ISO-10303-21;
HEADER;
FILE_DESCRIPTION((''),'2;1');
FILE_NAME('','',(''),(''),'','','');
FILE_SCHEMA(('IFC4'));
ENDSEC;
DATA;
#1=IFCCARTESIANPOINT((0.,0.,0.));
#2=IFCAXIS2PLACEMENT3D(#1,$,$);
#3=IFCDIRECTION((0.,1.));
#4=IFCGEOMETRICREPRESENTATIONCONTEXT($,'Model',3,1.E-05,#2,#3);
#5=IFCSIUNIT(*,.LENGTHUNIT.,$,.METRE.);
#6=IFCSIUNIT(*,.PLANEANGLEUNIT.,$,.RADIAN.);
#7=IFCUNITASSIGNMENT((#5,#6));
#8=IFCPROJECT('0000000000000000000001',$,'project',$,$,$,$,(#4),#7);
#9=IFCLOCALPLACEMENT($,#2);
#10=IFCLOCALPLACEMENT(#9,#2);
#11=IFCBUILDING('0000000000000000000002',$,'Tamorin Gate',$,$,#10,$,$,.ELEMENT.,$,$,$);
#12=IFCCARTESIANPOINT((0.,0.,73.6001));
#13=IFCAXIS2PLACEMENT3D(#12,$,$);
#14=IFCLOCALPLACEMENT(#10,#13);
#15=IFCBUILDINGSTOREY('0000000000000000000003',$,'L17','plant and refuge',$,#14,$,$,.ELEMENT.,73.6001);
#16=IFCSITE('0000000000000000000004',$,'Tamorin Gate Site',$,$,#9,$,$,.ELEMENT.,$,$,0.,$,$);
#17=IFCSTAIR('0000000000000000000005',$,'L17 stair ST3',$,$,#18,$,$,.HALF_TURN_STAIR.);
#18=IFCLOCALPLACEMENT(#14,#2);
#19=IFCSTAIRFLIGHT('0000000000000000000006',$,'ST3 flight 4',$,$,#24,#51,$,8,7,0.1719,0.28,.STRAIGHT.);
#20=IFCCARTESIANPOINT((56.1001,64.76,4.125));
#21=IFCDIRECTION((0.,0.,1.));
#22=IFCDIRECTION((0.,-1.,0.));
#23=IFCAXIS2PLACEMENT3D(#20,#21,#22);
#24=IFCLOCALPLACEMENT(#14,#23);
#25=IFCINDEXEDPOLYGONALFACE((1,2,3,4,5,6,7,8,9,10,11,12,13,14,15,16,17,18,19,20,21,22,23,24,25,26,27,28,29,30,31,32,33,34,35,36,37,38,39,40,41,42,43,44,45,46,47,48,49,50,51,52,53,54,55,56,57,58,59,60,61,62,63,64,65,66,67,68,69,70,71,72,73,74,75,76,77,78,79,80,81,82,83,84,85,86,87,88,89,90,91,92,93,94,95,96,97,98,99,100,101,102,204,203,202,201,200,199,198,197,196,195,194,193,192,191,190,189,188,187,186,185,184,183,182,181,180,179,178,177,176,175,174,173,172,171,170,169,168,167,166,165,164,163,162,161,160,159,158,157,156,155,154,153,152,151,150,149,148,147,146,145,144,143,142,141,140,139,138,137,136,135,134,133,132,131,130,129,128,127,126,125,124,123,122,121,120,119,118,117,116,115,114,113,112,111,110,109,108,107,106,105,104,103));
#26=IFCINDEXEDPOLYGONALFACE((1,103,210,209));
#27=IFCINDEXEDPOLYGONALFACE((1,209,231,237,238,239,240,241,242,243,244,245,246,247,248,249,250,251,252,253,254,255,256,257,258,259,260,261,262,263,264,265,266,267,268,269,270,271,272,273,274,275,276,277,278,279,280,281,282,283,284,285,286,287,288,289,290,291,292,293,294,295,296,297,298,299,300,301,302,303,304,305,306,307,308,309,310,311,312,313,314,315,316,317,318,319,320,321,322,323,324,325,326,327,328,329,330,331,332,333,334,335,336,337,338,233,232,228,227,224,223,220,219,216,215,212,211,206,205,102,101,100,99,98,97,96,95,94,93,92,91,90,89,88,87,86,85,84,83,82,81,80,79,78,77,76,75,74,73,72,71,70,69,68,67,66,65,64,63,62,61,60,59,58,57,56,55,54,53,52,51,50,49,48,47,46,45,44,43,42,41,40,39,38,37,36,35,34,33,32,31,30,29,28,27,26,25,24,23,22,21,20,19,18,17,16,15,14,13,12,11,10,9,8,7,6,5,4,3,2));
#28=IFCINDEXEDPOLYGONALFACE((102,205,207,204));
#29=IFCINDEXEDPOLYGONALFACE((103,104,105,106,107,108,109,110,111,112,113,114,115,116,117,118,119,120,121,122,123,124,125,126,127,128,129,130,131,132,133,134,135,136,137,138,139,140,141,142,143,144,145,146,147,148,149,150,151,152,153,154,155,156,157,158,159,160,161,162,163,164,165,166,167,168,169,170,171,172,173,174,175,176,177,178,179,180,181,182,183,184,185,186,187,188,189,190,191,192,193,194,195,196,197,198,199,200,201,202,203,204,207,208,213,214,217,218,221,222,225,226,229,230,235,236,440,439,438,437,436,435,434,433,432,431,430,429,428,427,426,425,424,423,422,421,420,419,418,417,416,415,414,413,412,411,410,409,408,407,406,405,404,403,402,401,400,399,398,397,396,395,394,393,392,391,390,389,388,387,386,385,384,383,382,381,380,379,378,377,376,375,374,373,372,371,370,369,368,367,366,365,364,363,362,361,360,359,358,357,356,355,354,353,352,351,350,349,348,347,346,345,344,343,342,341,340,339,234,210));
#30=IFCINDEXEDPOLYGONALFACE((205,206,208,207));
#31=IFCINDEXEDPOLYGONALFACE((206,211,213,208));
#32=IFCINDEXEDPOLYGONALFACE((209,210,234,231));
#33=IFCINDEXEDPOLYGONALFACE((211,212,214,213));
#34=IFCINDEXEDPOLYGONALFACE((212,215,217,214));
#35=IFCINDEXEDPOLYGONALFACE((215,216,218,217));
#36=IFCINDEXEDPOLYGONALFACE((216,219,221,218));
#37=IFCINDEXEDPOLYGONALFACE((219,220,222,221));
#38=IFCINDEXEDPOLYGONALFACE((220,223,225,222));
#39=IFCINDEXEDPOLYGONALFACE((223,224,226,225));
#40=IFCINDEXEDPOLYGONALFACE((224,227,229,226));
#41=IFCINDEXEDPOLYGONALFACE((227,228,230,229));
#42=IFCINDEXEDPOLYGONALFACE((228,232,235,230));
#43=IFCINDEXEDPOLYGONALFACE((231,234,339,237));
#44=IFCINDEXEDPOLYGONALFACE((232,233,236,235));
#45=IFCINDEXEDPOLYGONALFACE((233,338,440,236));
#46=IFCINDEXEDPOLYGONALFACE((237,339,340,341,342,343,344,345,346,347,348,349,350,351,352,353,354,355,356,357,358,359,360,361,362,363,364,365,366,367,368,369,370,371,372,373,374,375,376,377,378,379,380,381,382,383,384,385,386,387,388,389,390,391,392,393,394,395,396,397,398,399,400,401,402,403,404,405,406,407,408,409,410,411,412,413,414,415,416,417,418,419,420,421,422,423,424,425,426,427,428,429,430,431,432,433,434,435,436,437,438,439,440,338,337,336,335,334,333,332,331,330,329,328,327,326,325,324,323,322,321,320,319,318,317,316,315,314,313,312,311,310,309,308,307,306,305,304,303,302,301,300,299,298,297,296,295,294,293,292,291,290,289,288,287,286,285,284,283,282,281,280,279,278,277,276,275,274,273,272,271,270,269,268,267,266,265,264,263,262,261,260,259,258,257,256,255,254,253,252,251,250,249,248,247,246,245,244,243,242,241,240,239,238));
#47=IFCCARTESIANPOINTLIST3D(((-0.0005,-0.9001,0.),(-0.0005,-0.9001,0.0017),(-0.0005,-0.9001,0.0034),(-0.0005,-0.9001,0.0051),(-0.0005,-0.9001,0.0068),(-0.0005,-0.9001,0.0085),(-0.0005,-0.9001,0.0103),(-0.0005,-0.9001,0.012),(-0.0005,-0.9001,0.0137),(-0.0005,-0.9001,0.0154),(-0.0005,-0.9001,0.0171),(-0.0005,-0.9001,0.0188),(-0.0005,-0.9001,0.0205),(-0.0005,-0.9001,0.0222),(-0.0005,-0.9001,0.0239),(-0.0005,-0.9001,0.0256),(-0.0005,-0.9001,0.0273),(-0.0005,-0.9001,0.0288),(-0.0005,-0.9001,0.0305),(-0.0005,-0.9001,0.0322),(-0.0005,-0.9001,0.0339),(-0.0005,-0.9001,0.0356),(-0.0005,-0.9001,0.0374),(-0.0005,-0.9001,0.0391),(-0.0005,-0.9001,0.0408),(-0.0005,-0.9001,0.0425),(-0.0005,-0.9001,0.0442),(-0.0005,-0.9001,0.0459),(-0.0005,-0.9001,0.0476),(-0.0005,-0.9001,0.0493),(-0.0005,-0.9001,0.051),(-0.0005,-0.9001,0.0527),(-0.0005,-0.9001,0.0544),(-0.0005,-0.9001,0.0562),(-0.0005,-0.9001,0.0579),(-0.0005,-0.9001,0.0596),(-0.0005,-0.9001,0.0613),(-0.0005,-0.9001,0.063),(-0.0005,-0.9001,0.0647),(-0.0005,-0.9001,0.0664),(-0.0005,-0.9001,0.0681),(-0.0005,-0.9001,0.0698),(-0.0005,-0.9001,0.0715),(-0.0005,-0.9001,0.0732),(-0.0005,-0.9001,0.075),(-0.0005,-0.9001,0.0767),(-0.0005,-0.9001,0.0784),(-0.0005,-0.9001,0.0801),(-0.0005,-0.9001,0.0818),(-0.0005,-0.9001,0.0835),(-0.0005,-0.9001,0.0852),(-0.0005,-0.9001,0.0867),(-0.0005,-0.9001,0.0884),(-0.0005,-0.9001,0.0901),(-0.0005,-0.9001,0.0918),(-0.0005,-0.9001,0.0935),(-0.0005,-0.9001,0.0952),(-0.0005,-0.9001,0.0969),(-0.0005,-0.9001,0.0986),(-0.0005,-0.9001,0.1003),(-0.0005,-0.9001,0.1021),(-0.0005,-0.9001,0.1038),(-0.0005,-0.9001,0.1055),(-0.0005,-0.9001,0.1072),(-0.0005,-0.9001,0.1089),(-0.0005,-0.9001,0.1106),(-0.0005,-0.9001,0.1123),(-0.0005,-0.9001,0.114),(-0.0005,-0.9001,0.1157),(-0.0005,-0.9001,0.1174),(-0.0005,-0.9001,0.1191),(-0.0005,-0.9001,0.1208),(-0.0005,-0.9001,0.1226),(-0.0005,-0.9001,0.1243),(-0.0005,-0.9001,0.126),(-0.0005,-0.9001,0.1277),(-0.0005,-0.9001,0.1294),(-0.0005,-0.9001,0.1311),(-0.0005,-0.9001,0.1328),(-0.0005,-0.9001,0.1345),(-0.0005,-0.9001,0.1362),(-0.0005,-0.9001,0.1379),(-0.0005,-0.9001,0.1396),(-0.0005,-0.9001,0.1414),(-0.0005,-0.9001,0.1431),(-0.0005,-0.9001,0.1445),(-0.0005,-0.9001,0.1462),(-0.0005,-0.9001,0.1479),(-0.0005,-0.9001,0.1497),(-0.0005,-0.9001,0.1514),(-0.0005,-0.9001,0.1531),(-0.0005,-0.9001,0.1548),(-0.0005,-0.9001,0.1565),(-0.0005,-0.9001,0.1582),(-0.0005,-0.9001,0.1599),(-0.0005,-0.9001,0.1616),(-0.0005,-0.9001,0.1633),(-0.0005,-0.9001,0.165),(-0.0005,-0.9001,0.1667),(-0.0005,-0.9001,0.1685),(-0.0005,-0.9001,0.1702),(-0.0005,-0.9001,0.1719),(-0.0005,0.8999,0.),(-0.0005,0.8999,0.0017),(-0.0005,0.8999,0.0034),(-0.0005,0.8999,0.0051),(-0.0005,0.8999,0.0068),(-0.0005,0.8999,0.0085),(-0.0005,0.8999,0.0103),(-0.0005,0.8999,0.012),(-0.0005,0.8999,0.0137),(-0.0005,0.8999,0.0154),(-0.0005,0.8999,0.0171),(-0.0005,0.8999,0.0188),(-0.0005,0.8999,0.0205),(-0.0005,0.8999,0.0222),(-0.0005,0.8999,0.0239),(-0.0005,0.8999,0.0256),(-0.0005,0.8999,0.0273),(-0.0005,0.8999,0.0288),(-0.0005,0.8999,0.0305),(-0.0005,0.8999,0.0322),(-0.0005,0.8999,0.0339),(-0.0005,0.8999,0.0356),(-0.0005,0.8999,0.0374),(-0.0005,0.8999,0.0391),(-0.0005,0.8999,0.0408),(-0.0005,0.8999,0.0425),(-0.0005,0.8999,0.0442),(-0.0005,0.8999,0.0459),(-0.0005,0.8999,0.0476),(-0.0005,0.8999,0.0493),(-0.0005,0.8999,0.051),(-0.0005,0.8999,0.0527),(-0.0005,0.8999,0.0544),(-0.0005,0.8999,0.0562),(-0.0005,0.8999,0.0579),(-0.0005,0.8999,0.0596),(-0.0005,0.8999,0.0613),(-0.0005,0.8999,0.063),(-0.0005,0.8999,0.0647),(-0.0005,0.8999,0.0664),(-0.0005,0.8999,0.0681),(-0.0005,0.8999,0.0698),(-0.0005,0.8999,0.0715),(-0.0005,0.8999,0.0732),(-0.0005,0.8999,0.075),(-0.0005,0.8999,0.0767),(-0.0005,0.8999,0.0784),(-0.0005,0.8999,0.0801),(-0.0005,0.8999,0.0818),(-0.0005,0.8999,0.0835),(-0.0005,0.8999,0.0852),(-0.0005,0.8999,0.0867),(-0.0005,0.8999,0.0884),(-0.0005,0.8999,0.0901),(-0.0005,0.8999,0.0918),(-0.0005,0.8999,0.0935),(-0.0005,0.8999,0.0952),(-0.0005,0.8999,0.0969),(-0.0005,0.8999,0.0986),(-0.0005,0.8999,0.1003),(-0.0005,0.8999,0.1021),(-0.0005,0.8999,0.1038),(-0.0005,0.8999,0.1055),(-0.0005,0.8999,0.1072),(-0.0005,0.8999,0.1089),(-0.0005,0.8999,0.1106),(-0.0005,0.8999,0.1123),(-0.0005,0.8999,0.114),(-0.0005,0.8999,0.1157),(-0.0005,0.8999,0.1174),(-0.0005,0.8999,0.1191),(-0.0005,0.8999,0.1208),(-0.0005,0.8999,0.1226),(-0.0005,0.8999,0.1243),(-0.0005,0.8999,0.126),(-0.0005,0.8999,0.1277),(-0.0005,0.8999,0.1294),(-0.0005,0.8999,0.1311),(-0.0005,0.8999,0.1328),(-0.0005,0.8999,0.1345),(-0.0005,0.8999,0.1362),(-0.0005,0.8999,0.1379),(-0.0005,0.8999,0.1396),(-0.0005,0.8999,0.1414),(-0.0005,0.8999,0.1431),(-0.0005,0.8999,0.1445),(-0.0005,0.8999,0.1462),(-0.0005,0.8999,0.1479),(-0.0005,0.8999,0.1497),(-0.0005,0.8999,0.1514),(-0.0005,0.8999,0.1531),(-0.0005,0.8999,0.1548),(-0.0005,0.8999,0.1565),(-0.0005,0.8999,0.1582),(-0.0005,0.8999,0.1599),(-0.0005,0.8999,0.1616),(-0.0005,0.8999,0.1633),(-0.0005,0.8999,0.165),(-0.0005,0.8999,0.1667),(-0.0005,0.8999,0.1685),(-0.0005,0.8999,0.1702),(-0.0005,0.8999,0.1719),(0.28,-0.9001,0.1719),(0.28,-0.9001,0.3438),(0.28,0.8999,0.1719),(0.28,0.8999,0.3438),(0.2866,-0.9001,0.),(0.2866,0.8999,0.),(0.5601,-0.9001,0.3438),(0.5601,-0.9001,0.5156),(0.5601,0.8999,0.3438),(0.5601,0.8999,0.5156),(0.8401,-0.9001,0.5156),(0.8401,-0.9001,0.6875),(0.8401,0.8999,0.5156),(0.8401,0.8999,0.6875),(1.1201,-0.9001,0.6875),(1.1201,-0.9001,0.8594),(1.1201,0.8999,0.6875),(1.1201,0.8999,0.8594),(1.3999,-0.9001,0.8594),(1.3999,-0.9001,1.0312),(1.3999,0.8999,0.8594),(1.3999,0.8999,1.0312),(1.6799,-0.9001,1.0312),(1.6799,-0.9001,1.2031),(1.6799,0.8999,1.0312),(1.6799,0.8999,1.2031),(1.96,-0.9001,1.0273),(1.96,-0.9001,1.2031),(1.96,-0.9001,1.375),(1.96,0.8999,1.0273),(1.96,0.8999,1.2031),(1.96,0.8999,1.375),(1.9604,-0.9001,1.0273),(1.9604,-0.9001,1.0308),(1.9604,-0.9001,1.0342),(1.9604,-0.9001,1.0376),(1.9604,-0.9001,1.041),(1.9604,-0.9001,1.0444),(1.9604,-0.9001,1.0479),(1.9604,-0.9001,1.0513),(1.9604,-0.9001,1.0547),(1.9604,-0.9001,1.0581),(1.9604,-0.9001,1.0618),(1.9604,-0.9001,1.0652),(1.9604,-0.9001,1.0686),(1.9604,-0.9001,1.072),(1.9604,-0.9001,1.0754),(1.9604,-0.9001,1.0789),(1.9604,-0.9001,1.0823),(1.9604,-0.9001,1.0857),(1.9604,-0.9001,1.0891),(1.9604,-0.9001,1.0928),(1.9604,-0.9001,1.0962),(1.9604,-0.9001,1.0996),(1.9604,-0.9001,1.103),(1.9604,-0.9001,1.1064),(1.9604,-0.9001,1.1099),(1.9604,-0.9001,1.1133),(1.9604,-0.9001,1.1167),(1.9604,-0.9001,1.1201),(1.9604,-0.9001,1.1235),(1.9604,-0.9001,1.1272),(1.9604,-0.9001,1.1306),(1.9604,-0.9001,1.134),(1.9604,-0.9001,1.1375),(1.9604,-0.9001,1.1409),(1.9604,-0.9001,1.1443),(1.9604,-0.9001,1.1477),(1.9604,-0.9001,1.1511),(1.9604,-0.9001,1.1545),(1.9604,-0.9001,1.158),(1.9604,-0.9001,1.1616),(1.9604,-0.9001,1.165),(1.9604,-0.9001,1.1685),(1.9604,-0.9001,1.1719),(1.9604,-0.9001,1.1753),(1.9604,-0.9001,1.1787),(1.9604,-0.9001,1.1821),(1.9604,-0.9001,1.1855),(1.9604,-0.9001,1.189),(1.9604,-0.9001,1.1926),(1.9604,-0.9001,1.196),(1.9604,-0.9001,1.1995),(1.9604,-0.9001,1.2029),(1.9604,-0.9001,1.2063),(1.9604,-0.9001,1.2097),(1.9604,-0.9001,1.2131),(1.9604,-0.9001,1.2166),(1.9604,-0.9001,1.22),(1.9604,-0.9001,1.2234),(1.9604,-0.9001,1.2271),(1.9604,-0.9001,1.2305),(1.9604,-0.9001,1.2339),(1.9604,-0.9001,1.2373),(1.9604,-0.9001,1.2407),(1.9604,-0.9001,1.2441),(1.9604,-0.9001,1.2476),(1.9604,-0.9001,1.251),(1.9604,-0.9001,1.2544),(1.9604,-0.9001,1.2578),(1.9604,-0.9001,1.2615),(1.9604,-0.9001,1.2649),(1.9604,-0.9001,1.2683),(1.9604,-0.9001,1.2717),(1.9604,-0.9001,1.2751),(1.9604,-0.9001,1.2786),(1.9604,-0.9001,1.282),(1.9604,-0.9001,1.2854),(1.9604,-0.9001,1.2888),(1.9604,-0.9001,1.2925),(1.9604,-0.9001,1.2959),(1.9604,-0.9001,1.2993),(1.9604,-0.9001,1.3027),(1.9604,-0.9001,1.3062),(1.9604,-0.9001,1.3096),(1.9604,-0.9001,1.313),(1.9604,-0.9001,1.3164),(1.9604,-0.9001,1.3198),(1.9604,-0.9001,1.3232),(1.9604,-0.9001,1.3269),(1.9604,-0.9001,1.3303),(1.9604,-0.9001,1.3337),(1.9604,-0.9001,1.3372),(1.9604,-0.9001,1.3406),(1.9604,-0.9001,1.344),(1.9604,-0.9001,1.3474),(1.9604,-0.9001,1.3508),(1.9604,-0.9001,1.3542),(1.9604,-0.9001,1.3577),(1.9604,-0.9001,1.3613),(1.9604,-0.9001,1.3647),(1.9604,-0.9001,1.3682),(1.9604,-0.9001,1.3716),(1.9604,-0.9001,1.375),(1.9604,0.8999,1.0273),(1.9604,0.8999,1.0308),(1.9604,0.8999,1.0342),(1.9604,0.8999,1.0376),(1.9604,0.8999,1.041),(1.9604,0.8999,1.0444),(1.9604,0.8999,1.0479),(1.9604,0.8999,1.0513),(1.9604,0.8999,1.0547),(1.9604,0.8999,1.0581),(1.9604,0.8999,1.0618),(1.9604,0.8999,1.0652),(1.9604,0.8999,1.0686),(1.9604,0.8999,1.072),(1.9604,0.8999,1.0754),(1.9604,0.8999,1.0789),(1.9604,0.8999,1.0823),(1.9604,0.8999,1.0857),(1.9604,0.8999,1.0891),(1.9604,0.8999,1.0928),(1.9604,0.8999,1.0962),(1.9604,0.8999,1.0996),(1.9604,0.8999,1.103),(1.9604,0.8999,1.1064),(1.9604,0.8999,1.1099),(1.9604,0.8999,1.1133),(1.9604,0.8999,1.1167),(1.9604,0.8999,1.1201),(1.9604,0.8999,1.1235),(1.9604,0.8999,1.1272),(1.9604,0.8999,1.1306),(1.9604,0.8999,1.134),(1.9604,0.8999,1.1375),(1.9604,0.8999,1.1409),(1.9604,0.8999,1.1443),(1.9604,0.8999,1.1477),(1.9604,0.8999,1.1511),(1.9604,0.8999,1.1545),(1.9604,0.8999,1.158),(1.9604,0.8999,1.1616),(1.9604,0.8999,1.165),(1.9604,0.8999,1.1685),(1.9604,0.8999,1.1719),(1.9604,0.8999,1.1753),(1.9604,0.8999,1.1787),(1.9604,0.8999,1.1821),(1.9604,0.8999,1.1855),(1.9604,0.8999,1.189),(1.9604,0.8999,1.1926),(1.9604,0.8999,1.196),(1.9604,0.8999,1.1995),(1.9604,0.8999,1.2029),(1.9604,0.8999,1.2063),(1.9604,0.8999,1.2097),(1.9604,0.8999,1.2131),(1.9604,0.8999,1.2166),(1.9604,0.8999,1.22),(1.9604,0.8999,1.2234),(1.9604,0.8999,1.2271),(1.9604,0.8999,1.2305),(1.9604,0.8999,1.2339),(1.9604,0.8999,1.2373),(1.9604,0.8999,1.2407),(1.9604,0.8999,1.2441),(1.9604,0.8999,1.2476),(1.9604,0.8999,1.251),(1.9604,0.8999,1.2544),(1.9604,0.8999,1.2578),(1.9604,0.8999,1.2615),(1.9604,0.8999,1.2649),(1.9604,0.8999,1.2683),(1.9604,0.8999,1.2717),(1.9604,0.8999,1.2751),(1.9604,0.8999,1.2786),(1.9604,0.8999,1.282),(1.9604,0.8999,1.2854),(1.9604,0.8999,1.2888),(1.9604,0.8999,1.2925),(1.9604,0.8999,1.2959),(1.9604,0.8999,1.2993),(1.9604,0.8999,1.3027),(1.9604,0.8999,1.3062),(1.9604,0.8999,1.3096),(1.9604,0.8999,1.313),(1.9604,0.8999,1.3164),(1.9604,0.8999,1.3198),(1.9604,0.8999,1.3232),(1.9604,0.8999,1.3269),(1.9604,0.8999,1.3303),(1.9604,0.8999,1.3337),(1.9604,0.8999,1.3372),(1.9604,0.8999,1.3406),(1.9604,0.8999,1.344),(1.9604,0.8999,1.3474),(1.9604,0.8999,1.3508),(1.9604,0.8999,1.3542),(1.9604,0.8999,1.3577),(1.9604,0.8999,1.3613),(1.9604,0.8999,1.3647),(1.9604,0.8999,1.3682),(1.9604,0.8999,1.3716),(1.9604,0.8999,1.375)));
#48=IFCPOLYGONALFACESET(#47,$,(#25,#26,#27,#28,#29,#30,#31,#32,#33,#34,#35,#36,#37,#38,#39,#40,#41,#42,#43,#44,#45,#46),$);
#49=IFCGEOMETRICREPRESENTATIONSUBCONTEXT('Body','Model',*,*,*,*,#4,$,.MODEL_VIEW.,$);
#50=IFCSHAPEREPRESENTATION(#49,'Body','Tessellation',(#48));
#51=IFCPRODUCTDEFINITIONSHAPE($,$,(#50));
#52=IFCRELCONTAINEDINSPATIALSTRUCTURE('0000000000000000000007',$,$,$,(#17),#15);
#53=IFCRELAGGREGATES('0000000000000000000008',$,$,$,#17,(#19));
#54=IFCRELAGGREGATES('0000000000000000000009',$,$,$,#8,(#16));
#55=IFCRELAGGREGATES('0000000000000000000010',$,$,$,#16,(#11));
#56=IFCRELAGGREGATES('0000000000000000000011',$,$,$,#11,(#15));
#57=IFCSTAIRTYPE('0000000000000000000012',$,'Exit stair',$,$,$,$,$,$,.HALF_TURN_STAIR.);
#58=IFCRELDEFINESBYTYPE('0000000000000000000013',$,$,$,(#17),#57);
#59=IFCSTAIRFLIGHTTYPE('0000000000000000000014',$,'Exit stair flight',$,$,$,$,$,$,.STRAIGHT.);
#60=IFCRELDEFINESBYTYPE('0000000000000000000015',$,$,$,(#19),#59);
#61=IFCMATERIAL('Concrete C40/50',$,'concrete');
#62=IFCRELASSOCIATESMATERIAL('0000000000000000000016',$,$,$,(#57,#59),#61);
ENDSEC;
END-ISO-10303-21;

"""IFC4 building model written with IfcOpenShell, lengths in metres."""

from ifc_helpers import new_model, si_unit, direction, frame, origin, place, context, subcontext, project, spatial, polyline, outline, extrude, material, type_object, element, aggregate, save


model = new_model("IFC4")

# Units and contexts
model_context = context("Model", 3, precision=1e-05, world=origin(), true_north=direction((0.0, 1.0)))
body_context = subcontext(model_context, "Body", "Model", "MODEL_VIEW")
ifc_project = project(units=[si_unit("LENGTHUNIT", "METRE"), si_unit("PLANEANGLEUNIT", "RADIAN")], contexts=[model_context])

# Site, building, storey
site_placement = place(None, origin())
site = spatial("IfcSite", under=ifc_project, at=site_placement, Name="Tamorin Gate Site", CompositionType="ELEMENT", RefElevation=0.0)
building_placement = place(site_placement, origin())
building = spatial("IfcBuilding", under=site, at=building_placement, Name="Tamorin Gate", CompositionType="ELEMENT")
storey_placement = place(building_placement, frame((0.0, 0.0, 73.6001)))
storey = spatial("IfcBuildingStorey", under=building, at=storey_placement, Name="L17", Description="plant and refuge", CompositionType="ELEMENT", Elevation=73.6001)

# Shared definitions
ifc_material_1 = material(Name="Concrete C40/50", Category="concrete")

# Stair, stair flight
stair_type = type_object("IfcStairType", Name="Exit stair", PredefinedType="HALF_TURN_STAIR", material=ifc_material_1)
stair_placement = place(storey_placement, origin())
stair = element("IfcStair", 1, at=stair_placement, inside=storey, type_object=stair_type, Name="L17 stair ST3", PredefinedType="HALF_TURN_STAIR")
stair_flight_type = type_object("IfcStairFlightType", Name="Exit stair flight", PredefinedType="STRAIGHT", material=ifc_material_1)
stair_flight_1_placement = place(storey_placement, frame((56.1001, 64.76, 4.125), z_axis=(0.0, 0.0, 1.0), x_axis=(0.0, -1.0, 0.0)))
stair_flight_1 = element("IfcStairFlight", 2, at=stair_flight_1_placement, type_object=stair_flight_type, Name="ST3 flight 4", NumberOfRisers=8, NumberOfTreads=7, PredefinedType="STRAIGHT", RiserHeight=0.1719, TreadLength=0.28, context=body_context, shape_type="SweptSolid", body=[
    extrude(outline(polyline([(-0.0005, 0.0), (-0.0005, 0.0017), (-0.0005, 0.0034), (-0.0005, 0.0051), (-0.0005, 0.0068), (-0.0005, 0.0085), (-0.0005, 0.0103), (-0.0005, 0.012), (-0.0005, 0.0137), (-0.0005, 0.0154), (-0.0005, 0.0171), (-0.0005, 0.0188), (-0.0005, 0.0205), (-0.0005, 0.0222), (-0.0005, 0.0239), (-0.0005, 0.0256), (-0.0005, 0.0273), (-0.0005, 0.0288), (-0.0005, 0.0305), (-0.0005, 0.0322), (-0.0005, 0.0339), (-0.0005, 0.0356), (-0.0005, 0.0374), (-0.0005, 0.0391), (-0.0005, 0.0408), (-0.0005, 0.0425), (-0.0005, 0.0442), (-0.0005, 0.0459), (-0.0005, 0.0476), (-0.0005, 0.0493), (-0.0005, 0.051), (-0.0005, 0.0527), (-0.0005, 0.0544), (-0.0005, 0.0562), (-0.0005, 0.0579), (-0.0005, 0.0596), (-0.0005, 0.0613), (-0.0005, 0.063), (-0.0005, 0.0647), (-0.0005, 0.0664), (-0.0005, 0.0681), (-0.0005, 0.0698), (-0.0005, 0.0715), (-0.0005, 0.0732), (-0.0005, 0.075), (-0.0005, 0.0767), (-0.0005, 0.0784), (-0.0005, 0.0801), (-0.0005, 0.0818), (-0.0005, 0.0835), (-0.0005, 0.0852), (-0.0005, 0.0867), (-0.0005, 0.0884), (-0.0005, 0.0901), (-0.0005, 0.0918), (-0.0005, 0.0935), (-0.0005, 0.0952), (-0.0005, 0.0969), (-0.0005, 0.0986), (-0.0005, 0.1003), (-0.0005, 0.1021), (-0.0005, 0.1038), (-0.0005, 0.1055), (-0.0005, 0.1072), (-0.0005, 0.1089), (-0.0005, 0.1106), (-0.0005, 0.1123), (-0.0005, 0.114), (-0.0005, 0.1157), (-0.0005, 0.1174), (-0.0005, 0.1191), (-0.0005, 0.1208), (-0.0005, 0.1226), (-0.0005, 0.1243), (-0.0005, 0.126), (-0.0005, 0.1277), (-0.0005, 0.1294), (-0.0005, 0.1311), (-0.0005, 0.1328), (-0.0005, 0.1345), (-0.0005, 0.1362), (-0.0005, 0.1379), (-0.0005, 0.1396), (-0.0005, 0.1414), (-0.0005, 0.1431), (-0.0005, 0.1445), (-0.0005, 0.1462), (-0.0005, 0.1479), (-0.0005, 0.1497), (-0.0005, 0.1514), (-0.0005, 0.1531), (-0.0005, 0.1548), (-0.0005, 0.1565), (-0.0005, 0.1582), (-0.0005, 0.1599), (-0.0005, 0.1616), (-0.0005, 0.1633), (-0.0005, 0.165), (-0.0005, 0.1667), (-0.0005, 0.1685), (-0.0005, 0.1702), (-0.0005, 0.1719), (0.28, 0.1719), (0.28, 0.3438), (0.5601, 0.3438), (0.5601, 0.5156), (0.8401, 0.5156), (0.8401, 0.6875), (1.1201, 0.6875), (1.1201, 0.8594), (1.3999, 0.8594), (1.3999, 1.0312), (1.6799, 1.0312), (1.6799, 1.2031), (1.96, 1.2031), (1.96, 1.375), (1.9604, 1.375), (1.9604, 1.3716), (1.9604, 1.3682), (1.9604, 1.3647), (1.9604, 1.3613), (1.9604, 1.3577), (1.9604, 1.3542), (1.9604, 1.3508), (1.9604, 1.3474), (1.9604, 1.344), (1.9604, 1.3406), (1.9604, 1.3372), (1.9604, 1.3337), (1.9604, 1.3303), (1.9604, 1.3269), (1.9604, 1.3232), (1.9604, 1.3198), (1.9604, 1.3164), (1.9604, 1.313), (1.9604, 1.3096), (1.9604, 1.3062), (1.9604, 1.3027), (1.9604, 1.2993), (1.9604, 1.2959), (1.9604, 1.2925), (1.9604, 1.2888), (1.9604, 1.2854), (1.9604, 1.282), (1.9604, 1.2786), (1.9604, 1.2751), (1.9604, 1.2717), (1.9604, 1.2683), (1.9604, 1.2649), (1.9604, 1.2615), (1.9604, 1.2578), (1.9604, 1.2544), (1.9604, 1.251), (1.9604, 1.2476), (1.9604, 1.2441), (1.9604, 1.2407), (1.9604, 1.2373), (1.9604, 1.2339), (1.9604, 1.2305), (1.9604, 1.2271), (1.9604, 1.2234), (1.9604, 1.22), (1.9604, 1.2166), (1.9604, 1.2131), (1.9604, 1.2097), (1.9604, 1.2063), (1.9604, 1.2029), (1.9604, 1.1995), (1.9604, 1.196), (1.9604, 1.1926), (1.9604, 1.189), (1.9604, 1.1855), (1.9604, 1.1821), (1.9604, 1.1787), (1.9604, 1.1753), (1.9604, 1.1719), (1.9604, 1.1685), (1.9604, 1.165), (1.9604, 1.1616), (1.9604, 1.158), (1.9604, 1.1545), (1.9604, 1.1511), (1.9604, 1.1477), (1.9604, 1.1443), (1.9604, 1.1409), (1.9604, 1.1375), (1.9604, 1.134), (1.9604, 1.1306), (1.9604, 1.1272), (1.9604, 1.1235), (1.9604, 1.1201), (1.9604, 1.1167), (1.9604, 1.1133), (1.9604, 1.1099), (1.9604, 1.1064), (1.9604, 1.103), (1.9604, 1.0996), (1.9604, 1.0962), (1.9604, 1.0928), (1.9604, 1.0891), (1.9604, 1.0857), (1.9604, 1.0823), (1.9604, 1.0789), (1.9604, 1.0754), (1.9604, 1.072), (1.9604, 1.0686), (1.9604, 1.0652), (1.9604, 1.0618), (1.9604, 1.0581), (1.9604, 1.0547), (1.9604, 1.0513), (1.9604, 1.0479), (1.9604, 1.0444), (1.9604, 1.041), (1.9604, 1.0376), (1.9604, 1.0342), (1.9604, 1.0308), (1.9604, 1.0273), (1.96, 1.0273), (0.2866, 0.0), (-0.0005, 0.0)])), frame((0.0, 0.8999, 0.0), z_axis=(0.0, -1.0, 0.0), x_axis=(1.0, 0.0, 0.0)), (0.0, 0.0, 1.0), 1.8),
])
aggregate(stair, [stair_flight_1])

save(model, "model.ifc")
